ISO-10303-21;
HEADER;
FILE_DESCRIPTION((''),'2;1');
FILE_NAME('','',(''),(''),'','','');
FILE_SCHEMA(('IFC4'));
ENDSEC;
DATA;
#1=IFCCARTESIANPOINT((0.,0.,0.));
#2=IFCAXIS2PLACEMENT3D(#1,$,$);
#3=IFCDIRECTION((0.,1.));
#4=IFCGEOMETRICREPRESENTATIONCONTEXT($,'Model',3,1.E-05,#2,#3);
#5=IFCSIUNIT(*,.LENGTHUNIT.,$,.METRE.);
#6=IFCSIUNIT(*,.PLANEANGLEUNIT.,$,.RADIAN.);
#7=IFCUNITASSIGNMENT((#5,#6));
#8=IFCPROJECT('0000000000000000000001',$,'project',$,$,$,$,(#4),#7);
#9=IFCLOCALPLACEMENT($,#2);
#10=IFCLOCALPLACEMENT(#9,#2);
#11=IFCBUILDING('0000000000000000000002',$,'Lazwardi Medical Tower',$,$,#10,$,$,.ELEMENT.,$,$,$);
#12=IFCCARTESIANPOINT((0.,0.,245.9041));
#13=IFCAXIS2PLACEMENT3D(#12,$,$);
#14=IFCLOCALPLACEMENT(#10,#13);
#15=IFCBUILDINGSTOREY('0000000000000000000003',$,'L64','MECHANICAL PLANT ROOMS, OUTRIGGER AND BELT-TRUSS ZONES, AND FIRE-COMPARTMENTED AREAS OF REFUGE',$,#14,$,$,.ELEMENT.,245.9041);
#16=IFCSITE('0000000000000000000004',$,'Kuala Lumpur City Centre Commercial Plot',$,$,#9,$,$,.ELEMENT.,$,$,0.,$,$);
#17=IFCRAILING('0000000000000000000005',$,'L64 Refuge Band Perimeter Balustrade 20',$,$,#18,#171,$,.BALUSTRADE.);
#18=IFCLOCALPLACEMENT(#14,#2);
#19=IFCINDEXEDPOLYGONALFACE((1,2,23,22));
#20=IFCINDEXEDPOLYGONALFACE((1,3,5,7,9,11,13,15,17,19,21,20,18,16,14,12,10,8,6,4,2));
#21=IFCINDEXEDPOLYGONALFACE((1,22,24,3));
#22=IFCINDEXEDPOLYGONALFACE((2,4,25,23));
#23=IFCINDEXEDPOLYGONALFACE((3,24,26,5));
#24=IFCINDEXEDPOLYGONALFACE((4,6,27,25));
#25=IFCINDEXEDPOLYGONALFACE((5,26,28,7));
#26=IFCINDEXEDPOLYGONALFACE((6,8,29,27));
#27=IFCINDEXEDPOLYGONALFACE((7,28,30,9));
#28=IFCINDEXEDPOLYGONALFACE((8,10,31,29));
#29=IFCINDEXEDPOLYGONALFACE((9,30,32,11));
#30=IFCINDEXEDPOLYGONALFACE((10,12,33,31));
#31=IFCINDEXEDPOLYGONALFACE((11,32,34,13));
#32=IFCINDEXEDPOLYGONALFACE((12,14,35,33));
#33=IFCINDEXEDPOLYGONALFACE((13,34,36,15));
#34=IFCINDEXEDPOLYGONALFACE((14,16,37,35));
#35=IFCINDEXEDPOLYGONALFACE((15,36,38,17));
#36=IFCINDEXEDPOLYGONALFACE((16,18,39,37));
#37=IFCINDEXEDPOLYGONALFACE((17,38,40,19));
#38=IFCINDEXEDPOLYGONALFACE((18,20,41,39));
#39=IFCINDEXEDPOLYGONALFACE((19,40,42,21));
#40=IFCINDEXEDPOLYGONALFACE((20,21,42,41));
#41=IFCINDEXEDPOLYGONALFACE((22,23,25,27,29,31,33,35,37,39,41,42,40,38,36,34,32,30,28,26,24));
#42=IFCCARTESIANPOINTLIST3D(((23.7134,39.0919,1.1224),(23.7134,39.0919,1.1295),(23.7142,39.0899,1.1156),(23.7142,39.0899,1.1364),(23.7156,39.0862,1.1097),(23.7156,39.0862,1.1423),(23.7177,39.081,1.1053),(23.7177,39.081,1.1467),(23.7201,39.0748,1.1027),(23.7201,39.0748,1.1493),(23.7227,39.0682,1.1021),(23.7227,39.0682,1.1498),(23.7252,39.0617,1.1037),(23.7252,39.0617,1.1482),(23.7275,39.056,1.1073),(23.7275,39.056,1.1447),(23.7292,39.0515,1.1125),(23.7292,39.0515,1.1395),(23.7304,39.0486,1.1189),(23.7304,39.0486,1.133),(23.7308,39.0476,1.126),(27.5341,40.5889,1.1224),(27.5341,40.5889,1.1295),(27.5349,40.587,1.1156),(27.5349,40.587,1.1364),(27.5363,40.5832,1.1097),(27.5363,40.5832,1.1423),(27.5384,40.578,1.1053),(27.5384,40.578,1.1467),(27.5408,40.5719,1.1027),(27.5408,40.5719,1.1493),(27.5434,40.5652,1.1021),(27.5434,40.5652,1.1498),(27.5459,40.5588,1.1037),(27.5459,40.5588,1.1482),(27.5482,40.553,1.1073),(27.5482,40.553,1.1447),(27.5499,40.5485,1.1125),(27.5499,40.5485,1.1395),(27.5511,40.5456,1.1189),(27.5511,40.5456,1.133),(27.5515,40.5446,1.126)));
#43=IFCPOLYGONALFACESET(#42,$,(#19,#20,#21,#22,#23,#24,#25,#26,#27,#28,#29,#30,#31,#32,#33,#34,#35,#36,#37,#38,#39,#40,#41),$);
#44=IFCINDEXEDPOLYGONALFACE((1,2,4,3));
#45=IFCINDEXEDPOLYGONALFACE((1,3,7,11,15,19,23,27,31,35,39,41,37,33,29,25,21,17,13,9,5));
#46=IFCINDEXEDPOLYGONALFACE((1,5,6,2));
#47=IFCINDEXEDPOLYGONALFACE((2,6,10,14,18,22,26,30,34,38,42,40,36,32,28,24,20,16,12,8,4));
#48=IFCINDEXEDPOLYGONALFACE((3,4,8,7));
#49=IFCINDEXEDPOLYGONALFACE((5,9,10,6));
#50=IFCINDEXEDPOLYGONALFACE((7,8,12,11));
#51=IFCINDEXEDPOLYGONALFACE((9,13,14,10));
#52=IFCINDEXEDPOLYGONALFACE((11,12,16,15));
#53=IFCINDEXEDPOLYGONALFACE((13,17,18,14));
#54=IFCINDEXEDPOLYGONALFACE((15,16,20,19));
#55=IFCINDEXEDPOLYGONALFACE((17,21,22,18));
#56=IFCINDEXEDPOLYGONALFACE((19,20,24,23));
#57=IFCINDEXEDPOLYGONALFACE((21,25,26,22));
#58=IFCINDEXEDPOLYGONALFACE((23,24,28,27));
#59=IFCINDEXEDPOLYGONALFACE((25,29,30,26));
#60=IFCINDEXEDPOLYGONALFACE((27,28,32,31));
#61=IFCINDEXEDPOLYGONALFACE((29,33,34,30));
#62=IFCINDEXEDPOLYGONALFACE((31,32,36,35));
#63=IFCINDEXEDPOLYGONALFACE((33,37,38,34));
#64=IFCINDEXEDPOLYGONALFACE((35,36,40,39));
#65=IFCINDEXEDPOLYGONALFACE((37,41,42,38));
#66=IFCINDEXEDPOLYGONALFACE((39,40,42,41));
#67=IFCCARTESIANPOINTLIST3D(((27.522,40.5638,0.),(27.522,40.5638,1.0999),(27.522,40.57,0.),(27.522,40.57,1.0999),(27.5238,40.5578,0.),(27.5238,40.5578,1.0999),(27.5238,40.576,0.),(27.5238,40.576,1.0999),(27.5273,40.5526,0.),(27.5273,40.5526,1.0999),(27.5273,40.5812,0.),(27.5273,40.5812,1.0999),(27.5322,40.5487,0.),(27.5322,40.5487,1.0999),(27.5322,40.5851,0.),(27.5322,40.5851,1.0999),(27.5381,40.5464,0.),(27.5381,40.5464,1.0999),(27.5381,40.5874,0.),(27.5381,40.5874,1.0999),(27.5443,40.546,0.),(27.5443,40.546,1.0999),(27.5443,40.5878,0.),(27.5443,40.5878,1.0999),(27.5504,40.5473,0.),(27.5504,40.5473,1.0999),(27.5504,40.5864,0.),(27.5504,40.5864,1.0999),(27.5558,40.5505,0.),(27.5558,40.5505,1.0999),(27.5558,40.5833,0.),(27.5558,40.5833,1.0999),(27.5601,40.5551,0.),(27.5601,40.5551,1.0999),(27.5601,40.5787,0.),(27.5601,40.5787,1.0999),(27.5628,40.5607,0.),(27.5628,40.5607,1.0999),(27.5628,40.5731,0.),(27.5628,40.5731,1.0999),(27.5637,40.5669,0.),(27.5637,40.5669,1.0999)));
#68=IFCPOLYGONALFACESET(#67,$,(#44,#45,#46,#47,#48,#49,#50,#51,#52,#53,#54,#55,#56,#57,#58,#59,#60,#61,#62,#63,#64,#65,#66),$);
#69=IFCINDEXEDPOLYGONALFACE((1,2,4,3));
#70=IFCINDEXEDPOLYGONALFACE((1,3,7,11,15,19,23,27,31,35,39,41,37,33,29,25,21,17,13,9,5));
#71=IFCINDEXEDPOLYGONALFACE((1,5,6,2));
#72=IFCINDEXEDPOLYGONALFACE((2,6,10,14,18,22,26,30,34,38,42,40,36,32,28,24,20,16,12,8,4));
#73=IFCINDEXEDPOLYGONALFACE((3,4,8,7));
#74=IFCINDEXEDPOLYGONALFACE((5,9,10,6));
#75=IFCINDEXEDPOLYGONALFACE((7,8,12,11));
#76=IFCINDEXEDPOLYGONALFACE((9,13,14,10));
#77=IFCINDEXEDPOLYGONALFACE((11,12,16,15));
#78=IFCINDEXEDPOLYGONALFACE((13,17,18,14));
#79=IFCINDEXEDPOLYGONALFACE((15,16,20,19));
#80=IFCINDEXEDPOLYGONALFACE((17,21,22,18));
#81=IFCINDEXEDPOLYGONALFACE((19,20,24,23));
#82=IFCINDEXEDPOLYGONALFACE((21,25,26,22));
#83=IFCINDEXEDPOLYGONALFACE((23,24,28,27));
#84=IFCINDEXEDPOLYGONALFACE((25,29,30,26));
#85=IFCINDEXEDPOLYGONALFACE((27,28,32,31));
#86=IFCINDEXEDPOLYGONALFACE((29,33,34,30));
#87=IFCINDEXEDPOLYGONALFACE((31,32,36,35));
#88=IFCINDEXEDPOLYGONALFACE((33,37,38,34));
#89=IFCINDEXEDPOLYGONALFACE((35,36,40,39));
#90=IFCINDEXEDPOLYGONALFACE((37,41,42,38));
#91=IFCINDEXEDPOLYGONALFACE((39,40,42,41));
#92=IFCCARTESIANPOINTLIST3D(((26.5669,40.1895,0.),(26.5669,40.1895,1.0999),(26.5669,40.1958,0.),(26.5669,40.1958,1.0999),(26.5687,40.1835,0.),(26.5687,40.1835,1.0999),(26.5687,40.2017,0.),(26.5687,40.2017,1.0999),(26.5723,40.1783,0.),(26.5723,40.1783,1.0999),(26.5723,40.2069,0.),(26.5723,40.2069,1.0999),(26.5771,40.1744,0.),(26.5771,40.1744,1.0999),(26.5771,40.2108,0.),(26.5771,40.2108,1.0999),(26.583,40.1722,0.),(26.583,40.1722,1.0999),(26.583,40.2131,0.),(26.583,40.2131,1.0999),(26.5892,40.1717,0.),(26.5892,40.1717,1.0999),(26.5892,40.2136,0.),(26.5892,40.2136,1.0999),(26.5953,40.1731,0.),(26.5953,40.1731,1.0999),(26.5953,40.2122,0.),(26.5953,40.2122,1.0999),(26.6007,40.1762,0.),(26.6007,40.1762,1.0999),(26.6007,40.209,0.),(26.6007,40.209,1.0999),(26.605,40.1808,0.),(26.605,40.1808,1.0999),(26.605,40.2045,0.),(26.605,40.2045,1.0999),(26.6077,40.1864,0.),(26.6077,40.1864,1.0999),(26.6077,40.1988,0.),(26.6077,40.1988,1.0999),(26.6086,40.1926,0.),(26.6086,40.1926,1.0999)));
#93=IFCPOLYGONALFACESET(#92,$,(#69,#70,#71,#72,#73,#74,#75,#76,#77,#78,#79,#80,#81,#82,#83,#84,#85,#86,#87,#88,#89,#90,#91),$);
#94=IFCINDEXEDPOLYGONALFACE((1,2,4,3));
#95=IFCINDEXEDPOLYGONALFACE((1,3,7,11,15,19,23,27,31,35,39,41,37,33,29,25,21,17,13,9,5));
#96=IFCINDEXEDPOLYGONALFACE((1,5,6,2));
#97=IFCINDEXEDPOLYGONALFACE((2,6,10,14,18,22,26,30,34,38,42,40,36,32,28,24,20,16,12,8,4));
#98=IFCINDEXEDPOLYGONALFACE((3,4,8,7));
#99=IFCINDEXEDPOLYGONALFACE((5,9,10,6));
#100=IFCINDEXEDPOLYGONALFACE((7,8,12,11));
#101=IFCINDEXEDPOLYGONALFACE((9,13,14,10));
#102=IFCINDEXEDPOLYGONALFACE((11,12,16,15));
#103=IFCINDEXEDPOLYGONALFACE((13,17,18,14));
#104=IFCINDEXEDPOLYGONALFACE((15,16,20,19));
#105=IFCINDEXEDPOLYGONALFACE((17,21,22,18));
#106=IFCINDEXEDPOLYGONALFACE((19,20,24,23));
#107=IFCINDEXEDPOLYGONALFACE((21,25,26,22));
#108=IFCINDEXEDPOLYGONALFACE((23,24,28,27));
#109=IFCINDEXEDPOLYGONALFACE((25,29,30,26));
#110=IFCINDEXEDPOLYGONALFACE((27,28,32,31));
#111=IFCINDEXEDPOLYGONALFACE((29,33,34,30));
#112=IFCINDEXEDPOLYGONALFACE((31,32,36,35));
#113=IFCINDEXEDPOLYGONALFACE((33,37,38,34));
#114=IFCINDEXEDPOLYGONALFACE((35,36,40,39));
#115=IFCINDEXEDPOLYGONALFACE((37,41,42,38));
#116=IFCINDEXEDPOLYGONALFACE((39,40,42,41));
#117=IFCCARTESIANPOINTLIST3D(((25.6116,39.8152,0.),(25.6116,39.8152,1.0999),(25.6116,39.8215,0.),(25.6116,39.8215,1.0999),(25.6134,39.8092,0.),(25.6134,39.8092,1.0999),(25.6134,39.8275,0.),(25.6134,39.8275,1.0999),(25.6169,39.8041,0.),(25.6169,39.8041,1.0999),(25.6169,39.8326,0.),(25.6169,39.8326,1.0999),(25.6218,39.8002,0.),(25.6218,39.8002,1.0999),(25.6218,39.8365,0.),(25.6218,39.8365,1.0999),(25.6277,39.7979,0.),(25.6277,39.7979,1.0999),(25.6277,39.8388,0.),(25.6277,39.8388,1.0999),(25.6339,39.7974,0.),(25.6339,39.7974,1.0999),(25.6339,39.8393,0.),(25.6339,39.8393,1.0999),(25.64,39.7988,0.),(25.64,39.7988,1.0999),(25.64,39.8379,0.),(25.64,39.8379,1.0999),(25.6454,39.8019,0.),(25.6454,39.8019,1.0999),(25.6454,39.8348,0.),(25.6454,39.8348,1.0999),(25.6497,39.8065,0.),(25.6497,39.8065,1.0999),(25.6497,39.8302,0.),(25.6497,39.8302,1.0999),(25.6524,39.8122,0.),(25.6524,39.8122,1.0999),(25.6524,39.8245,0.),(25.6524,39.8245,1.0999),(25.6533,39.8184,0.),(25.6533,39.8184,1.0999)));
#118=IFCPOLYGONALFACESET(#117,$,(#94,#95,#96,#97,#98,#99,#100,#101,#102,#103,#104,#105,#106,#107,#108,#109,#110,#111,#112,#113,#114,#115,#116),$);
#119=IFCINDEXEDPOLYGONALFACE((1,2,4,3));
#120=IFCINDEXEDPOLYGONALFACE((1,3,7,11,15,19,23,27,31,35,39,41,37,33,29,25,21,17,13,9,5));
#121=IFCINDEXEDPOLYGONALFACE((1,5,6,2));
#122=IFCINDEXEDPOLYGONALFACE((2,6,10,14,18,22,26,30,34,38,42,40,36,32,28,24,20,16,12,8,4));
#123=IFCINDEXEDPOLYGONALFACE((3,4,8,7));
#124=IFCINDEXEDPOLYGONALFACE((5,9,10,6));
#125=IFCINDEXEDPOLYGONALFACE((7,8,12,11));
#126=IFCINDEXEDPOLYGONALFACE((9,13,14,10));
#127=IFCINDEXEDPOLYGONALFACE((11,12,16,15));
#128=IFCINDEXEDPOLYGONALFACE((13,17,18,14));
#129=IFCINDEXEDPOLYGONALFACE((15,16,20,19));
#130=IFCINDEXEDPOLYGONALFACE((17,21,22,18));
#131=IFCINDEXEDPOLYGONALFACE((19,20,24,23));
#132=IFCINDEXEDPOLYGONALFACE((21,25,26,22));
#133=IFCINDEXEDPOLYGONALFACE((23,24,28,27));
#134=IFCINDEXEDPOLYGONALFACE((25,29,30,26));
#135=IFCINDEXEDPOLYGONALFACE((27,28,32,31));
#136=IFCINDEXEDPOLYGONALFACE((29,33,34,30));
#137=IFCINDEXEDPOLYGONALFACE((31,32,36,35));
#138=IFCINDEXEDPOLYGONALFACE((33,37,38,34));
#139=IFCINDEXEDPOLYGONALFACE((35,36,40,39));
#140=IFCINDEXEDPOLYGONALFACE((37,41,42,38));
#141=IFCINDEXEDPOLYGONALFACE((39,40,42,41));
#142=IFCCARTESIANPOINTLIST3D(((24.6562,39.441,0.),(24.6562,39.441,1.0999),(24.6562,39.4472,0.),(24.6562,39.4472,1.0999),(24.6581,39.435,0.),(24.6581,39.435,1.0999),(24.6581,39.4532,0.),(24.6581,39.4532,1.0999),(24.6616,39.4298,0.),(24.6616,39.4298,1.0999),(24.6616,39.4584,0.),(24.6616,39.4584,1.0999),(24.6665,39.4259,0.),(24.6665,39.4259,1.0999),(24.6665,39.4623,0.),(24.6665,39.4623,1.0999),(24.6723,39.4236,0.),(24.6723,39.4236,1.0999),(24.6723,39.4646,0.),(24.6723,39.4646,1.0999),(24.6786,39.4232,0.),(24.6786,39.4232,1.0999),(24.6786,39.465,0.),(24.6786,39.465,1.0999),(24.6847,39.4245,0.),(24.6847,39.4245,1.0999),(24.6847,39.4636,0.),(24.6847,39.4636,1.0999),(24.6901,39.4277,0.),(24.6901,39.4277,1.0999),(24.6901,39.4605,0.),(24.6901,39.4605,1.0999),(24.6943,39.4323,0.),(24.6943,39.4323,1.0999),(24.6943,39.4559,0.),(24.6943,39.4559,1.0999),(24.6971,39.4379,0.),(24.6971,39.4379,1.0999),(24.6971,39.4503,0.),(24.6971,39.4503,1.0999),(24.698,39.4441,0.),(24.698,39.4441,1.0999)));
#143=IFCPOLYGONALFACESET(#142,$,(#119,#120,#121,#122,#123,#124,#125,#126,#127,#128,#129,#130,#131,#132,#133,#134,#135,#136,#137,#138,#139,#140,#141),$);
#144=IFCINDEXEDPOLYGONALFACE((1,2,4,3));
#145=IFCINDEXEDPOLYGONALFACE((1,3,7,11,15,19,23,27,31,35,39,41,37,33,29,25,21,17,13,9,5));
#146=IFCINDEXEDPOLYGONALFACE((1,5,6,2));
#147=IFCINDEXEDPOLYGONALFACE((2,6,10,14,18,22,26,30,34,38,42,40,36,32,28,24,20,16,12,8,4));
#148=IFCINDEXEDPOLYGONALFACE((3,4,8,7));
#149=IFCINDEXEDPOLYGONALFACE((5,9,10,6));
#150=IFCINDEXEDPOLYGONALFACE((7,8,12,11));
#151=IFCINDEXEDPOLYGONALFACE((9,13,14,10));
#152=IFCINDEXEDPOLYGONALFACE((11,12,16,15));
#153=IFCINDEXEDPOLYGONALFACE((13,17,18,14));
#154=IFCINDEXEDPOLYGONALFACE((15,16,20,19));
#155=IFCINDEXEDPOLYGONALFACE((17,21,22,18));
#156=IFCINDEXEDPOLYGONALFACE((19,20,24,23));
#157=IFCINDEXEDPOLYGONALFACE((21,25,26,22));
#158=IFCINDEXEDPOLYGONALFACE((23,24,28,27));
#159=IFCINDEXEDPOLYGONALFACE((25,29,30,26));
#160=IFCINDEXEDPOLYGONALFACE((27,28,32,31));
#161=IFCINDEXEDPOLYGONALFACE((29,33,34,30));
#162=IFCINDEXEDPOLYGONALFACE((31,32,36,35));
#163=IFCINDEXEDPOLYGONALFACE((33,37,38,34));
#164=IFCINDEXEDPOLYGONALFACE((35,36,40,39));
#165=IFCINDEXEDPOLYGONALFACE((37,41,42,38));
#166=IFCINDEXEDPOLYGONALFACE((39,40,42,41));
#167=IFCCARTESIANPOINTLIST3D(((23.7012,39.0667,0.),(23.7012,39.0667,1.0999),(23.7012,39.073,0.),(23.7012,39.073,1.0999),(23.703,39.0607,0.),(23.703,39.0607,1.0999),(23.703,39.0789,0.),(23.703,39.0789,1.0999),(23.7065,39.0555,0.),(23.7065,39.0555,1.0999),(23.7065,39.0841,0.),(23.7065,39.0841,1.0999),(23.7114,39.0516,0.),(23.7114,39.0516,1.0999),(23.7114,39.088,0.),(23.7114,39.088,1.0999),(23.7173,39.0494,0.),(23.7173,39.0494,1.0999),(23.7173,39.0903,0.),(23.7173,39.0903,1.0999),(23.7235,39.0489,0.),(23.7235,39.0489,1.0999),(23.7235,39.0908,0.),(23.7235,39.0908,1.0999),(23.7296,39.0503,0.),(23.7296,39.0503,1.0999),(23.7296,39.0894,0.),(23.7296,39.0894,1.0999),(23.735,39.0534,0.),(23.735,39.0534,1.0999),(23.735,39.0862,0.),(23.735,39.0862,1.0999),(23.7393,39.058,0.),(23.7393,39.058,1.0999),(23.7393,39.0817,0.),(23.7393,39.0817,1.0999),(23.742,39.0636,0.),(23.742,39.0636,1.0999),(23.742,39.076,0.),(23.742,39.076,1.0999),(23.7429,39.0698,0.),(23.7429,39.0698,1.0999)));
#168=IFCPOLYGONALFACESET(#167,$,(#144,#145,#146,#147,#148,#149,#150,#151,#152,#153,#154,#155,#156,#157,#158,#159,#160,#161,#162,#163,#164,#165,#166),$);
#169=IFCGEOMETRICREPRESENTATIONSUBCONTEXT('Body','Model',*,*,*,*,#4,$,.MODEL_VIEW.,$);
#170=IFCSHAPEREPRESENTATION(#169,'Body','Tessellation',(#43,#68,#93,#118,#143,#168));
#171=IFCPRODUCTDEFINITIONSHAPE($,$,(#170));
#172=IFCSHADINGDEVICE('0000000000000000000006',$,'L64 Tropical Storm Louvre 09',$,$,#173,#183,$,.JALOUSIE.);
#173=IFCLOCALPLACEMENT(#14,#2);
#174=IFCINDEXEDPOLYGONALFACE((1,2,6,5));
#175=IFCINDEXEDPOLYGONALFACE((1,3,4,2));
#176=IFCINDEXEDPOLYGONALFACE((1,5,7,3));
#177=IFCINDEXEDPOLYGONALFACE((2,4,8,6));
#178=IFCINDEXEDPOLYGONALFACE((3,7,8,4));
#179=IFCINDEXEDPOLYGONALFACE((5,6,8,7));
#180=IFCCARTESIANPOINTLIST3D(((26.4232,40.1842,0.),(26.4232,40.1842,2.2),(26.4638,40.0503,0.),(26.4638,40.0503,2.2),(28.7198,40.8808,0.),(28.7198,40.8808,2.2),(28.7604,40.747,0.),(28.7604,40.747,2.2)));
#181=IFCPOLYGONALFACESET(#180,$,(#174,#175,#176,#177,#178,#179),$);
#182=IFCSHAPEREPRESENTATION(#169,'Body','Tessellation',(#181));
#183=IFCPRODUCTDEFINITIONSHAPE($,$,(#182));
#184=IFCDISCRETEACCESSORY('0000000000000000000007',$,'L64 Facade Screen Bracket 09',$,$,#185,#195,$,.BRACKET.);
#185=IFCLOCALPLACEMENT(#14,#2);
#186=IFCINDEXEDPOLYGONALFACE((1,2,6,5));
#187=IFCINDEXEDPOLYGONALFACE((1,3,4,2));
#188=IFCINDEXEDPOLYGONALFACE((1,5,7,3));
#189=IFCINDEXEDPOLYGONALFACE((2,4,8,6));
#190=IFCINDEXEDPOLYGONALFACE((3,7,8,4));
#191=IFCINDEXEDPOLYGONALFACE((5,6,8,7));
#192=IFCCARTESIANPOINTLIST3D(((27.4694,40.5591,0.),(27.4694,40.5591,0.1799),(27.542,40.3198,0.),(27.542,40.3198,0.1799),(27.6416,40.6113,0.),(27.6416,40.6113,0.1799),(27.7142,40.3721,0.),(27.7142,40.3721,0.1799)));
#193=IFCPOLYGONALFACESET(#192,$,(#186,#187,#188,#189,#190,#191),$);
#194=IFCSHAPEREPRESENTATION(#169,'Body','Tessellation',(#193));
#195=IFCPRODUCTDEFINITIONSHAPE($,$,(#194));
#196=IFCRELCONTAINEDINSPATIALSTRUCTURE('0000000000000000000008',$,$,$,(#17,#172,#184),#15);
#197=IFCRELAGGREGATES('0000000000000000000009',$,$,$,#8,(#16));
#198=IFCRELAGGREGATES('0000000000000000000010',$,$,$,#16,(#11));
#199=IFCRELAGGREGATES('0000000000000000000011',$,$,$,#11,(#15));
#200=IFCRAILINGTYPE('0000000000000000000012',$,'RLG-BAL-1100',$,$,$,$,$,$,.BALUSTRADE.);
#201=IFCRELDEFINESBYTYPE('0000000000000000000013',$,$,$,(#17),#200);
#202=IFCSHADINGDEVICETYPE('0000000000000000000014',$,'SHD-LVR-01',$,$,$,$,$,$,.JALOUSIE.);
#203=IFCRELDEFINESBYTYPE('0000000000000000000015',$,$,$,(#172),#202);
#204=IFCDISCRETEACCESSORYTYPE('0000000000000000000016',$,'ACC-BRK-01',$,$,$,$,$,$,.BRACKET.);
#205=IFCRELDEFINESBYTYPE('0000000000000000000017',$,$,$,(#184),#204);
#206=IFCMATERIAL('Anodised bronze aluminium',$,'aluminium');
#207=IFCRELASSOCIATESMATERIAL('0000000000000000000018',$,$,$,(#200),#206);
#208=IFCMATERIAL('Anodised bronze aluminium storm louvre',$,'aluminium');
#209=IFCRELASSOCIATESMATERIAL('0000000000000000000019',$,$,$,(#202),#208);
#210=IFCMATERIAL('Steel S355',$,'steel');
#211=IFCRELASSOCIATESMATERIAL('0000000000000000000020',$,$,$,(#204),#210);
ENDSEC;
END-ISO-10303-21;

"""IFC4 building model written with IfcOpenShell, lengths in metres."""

from ifc_helpers import new_model, si_unit, direction, frame, origin, origin_2d, place, context, subcontext, project, spatial, rectangle, circle, extrude, material, type_object, element, save


model = new_model("IFC4")

# Units and contexts
model_context = context("Model", 3, precision=1e-05, world=origin(), true_north=direction((0.0, 1.0)))
body_context = subcontext(model_context, "Body", "Model", "MODEL_VIEW")
ifc_project = project(units=[si_unit("LENGTHUNIT", "METRE"), si_unit("PLANEANGLEUNIT", "RADIAN")], contexts=[model_context])

# Site, building, storey
site_placement = place(None, origin())
site = spatial("IfcSite", under=ifc_project, at=site_placement, Name="Kuala Lumpur City Centre Commercial Plot", CompositionType="ELEMENT", RefElevation=0.0)
building_placement = place(site_placement, origin())
building = spatial("IfcBuilding", under=site, at=building_placement, Name="Lazwardi Medical Tower", CompositionType="ELEMENT")
storey_placement = place(building_placement, frame((0.0, 0.0, 245.9041)))
storey = spatial("IfcBuildingStorey", under=building, at=storey_placement, Name="L64", Description="MECHANICAL PLANT ROOMS, OUTRIGGER AND BELT-TRUSS ZONES, AND FIRE-COMPARTMENTED AREAS OF REFUGE", CompositionType="ELEMENT", Elevation=245.9041)

# Shared definitions
ifc_material_1 = material(Name="Steel S355", Category="steel")

# Railing
ifc_material_2 = material(Name="Anodised bronze aluminium", Category="aluminium")
railing_type = type_object("IfcRailingType", Name="RLG-BAL-1100", PredefinedType="BALUSTRADE", material=ifc_material_2)
railing_1_placement = place(storey_placement, frame((27.5427, 40.5669, 0.0)))
element("IfcRailing", 1, at=railing_1_placement, inside=storey, type_object=railing_type, Name="L64 Refuge Band Perimeter Balustrade 20", PredefinedType="BALUSTRADE", context=body_context, shape_type="SweptSolid", body=[
    extrude(circle(Radius=0.0239, at=origin_2d()), frame((0.0, 0.0, 1.126), z_axis=(-0.931079, -0.364817, 0.0), x_axis=(0.364817, -0.931079, 0.0)), (0.0, 0.0, 1.0), 4.1035),
    extrude(circle(Radius=0.021, at=origin_2d()), origin(), (0.0, 0.0, 1.0), 1.0999),
    extrude(circle(Radius=0.021, at=origin_2d()), frame((-0.9551, -0.3743, 0.0)), (0.0, 0.0, 1.0), 1.0999),
    extrude(circle(Radius=0.021, at=origin_2d()), frame((-1.9104, -0.7485, 0.0)), (0.0, 0.0, 1.0), 1.0999),
    extrude(circle(Radius=0.021, at=origin_2d()), frame((-2.8657, -1.1228, 0.0)), (0.0, 0.0, 1.0), 1.0999),
    extrude(circle(Radius=0.021, at=origin_2d()), frame((-3.8208, -1.4971, 0.0)), (0.0, 0.0, 1.0), 1.0999),
])

# Shading device
ifc_material_3 = material(Name="Anodised bronze aluminium storm louvre", Category="aluminium")
shading_device_type = type_object("IfcShadingDeviceType", Name="SHD-LVR-01", PredefinedType="JALOUSIE", material=ifc_material_3)
shading_device_placement = place(storey_placement, frame((27.5918, 40.4656, 0.0), z_axis=(0.0, 0.0, 1.0), x_axis=(-0.956939, -0.29029, 0.0)))
element("IfcShadingDevice", 2, at=shading_device_placement, inside=storey, type_object=shading_device_type, Name="L64 Tropical Storm Louvre 09", PredefinedType="JALOUSIE", context=body_context, shape_type="SweptSolid", body=[
    extrude(rectangle(XDim=2.3999, YDim=0.1399, at=origin_2d()), origin(), (0.0, 0.0, 1.0), 2.2),
])

# Discrete accessory
discrete_accessory_type = type_object("IfcDiscreteAccessoryType", Name="ACC-BRK-01", PredefinedType="BRACKET", material=ifc_material_1)
discrete_accessory_placement = place(storey_placement, frame((27.5918, 40.4656, 0.0), z_axis=(0.0, 0.0, 1.0), x_axis=(-0.956939, -0.29029, 0.0)))
element("IfcDiscreteAccessory", 3, at=discrete_accessory_placement, inside=storey, type_object=discrete_accessory_type, Name="L64 Facade Screen Bracket 09", PredefinedType="BRACKET", context=body_context, shape_type="SweptSolid", body=[
    extrude(rectangle(XDim=0.1799, YDim=0.25, at=origin_2d()), origin(), (0.0, 0.0, 1.0), 0.1799),
])

save(model, "model.ifc")
